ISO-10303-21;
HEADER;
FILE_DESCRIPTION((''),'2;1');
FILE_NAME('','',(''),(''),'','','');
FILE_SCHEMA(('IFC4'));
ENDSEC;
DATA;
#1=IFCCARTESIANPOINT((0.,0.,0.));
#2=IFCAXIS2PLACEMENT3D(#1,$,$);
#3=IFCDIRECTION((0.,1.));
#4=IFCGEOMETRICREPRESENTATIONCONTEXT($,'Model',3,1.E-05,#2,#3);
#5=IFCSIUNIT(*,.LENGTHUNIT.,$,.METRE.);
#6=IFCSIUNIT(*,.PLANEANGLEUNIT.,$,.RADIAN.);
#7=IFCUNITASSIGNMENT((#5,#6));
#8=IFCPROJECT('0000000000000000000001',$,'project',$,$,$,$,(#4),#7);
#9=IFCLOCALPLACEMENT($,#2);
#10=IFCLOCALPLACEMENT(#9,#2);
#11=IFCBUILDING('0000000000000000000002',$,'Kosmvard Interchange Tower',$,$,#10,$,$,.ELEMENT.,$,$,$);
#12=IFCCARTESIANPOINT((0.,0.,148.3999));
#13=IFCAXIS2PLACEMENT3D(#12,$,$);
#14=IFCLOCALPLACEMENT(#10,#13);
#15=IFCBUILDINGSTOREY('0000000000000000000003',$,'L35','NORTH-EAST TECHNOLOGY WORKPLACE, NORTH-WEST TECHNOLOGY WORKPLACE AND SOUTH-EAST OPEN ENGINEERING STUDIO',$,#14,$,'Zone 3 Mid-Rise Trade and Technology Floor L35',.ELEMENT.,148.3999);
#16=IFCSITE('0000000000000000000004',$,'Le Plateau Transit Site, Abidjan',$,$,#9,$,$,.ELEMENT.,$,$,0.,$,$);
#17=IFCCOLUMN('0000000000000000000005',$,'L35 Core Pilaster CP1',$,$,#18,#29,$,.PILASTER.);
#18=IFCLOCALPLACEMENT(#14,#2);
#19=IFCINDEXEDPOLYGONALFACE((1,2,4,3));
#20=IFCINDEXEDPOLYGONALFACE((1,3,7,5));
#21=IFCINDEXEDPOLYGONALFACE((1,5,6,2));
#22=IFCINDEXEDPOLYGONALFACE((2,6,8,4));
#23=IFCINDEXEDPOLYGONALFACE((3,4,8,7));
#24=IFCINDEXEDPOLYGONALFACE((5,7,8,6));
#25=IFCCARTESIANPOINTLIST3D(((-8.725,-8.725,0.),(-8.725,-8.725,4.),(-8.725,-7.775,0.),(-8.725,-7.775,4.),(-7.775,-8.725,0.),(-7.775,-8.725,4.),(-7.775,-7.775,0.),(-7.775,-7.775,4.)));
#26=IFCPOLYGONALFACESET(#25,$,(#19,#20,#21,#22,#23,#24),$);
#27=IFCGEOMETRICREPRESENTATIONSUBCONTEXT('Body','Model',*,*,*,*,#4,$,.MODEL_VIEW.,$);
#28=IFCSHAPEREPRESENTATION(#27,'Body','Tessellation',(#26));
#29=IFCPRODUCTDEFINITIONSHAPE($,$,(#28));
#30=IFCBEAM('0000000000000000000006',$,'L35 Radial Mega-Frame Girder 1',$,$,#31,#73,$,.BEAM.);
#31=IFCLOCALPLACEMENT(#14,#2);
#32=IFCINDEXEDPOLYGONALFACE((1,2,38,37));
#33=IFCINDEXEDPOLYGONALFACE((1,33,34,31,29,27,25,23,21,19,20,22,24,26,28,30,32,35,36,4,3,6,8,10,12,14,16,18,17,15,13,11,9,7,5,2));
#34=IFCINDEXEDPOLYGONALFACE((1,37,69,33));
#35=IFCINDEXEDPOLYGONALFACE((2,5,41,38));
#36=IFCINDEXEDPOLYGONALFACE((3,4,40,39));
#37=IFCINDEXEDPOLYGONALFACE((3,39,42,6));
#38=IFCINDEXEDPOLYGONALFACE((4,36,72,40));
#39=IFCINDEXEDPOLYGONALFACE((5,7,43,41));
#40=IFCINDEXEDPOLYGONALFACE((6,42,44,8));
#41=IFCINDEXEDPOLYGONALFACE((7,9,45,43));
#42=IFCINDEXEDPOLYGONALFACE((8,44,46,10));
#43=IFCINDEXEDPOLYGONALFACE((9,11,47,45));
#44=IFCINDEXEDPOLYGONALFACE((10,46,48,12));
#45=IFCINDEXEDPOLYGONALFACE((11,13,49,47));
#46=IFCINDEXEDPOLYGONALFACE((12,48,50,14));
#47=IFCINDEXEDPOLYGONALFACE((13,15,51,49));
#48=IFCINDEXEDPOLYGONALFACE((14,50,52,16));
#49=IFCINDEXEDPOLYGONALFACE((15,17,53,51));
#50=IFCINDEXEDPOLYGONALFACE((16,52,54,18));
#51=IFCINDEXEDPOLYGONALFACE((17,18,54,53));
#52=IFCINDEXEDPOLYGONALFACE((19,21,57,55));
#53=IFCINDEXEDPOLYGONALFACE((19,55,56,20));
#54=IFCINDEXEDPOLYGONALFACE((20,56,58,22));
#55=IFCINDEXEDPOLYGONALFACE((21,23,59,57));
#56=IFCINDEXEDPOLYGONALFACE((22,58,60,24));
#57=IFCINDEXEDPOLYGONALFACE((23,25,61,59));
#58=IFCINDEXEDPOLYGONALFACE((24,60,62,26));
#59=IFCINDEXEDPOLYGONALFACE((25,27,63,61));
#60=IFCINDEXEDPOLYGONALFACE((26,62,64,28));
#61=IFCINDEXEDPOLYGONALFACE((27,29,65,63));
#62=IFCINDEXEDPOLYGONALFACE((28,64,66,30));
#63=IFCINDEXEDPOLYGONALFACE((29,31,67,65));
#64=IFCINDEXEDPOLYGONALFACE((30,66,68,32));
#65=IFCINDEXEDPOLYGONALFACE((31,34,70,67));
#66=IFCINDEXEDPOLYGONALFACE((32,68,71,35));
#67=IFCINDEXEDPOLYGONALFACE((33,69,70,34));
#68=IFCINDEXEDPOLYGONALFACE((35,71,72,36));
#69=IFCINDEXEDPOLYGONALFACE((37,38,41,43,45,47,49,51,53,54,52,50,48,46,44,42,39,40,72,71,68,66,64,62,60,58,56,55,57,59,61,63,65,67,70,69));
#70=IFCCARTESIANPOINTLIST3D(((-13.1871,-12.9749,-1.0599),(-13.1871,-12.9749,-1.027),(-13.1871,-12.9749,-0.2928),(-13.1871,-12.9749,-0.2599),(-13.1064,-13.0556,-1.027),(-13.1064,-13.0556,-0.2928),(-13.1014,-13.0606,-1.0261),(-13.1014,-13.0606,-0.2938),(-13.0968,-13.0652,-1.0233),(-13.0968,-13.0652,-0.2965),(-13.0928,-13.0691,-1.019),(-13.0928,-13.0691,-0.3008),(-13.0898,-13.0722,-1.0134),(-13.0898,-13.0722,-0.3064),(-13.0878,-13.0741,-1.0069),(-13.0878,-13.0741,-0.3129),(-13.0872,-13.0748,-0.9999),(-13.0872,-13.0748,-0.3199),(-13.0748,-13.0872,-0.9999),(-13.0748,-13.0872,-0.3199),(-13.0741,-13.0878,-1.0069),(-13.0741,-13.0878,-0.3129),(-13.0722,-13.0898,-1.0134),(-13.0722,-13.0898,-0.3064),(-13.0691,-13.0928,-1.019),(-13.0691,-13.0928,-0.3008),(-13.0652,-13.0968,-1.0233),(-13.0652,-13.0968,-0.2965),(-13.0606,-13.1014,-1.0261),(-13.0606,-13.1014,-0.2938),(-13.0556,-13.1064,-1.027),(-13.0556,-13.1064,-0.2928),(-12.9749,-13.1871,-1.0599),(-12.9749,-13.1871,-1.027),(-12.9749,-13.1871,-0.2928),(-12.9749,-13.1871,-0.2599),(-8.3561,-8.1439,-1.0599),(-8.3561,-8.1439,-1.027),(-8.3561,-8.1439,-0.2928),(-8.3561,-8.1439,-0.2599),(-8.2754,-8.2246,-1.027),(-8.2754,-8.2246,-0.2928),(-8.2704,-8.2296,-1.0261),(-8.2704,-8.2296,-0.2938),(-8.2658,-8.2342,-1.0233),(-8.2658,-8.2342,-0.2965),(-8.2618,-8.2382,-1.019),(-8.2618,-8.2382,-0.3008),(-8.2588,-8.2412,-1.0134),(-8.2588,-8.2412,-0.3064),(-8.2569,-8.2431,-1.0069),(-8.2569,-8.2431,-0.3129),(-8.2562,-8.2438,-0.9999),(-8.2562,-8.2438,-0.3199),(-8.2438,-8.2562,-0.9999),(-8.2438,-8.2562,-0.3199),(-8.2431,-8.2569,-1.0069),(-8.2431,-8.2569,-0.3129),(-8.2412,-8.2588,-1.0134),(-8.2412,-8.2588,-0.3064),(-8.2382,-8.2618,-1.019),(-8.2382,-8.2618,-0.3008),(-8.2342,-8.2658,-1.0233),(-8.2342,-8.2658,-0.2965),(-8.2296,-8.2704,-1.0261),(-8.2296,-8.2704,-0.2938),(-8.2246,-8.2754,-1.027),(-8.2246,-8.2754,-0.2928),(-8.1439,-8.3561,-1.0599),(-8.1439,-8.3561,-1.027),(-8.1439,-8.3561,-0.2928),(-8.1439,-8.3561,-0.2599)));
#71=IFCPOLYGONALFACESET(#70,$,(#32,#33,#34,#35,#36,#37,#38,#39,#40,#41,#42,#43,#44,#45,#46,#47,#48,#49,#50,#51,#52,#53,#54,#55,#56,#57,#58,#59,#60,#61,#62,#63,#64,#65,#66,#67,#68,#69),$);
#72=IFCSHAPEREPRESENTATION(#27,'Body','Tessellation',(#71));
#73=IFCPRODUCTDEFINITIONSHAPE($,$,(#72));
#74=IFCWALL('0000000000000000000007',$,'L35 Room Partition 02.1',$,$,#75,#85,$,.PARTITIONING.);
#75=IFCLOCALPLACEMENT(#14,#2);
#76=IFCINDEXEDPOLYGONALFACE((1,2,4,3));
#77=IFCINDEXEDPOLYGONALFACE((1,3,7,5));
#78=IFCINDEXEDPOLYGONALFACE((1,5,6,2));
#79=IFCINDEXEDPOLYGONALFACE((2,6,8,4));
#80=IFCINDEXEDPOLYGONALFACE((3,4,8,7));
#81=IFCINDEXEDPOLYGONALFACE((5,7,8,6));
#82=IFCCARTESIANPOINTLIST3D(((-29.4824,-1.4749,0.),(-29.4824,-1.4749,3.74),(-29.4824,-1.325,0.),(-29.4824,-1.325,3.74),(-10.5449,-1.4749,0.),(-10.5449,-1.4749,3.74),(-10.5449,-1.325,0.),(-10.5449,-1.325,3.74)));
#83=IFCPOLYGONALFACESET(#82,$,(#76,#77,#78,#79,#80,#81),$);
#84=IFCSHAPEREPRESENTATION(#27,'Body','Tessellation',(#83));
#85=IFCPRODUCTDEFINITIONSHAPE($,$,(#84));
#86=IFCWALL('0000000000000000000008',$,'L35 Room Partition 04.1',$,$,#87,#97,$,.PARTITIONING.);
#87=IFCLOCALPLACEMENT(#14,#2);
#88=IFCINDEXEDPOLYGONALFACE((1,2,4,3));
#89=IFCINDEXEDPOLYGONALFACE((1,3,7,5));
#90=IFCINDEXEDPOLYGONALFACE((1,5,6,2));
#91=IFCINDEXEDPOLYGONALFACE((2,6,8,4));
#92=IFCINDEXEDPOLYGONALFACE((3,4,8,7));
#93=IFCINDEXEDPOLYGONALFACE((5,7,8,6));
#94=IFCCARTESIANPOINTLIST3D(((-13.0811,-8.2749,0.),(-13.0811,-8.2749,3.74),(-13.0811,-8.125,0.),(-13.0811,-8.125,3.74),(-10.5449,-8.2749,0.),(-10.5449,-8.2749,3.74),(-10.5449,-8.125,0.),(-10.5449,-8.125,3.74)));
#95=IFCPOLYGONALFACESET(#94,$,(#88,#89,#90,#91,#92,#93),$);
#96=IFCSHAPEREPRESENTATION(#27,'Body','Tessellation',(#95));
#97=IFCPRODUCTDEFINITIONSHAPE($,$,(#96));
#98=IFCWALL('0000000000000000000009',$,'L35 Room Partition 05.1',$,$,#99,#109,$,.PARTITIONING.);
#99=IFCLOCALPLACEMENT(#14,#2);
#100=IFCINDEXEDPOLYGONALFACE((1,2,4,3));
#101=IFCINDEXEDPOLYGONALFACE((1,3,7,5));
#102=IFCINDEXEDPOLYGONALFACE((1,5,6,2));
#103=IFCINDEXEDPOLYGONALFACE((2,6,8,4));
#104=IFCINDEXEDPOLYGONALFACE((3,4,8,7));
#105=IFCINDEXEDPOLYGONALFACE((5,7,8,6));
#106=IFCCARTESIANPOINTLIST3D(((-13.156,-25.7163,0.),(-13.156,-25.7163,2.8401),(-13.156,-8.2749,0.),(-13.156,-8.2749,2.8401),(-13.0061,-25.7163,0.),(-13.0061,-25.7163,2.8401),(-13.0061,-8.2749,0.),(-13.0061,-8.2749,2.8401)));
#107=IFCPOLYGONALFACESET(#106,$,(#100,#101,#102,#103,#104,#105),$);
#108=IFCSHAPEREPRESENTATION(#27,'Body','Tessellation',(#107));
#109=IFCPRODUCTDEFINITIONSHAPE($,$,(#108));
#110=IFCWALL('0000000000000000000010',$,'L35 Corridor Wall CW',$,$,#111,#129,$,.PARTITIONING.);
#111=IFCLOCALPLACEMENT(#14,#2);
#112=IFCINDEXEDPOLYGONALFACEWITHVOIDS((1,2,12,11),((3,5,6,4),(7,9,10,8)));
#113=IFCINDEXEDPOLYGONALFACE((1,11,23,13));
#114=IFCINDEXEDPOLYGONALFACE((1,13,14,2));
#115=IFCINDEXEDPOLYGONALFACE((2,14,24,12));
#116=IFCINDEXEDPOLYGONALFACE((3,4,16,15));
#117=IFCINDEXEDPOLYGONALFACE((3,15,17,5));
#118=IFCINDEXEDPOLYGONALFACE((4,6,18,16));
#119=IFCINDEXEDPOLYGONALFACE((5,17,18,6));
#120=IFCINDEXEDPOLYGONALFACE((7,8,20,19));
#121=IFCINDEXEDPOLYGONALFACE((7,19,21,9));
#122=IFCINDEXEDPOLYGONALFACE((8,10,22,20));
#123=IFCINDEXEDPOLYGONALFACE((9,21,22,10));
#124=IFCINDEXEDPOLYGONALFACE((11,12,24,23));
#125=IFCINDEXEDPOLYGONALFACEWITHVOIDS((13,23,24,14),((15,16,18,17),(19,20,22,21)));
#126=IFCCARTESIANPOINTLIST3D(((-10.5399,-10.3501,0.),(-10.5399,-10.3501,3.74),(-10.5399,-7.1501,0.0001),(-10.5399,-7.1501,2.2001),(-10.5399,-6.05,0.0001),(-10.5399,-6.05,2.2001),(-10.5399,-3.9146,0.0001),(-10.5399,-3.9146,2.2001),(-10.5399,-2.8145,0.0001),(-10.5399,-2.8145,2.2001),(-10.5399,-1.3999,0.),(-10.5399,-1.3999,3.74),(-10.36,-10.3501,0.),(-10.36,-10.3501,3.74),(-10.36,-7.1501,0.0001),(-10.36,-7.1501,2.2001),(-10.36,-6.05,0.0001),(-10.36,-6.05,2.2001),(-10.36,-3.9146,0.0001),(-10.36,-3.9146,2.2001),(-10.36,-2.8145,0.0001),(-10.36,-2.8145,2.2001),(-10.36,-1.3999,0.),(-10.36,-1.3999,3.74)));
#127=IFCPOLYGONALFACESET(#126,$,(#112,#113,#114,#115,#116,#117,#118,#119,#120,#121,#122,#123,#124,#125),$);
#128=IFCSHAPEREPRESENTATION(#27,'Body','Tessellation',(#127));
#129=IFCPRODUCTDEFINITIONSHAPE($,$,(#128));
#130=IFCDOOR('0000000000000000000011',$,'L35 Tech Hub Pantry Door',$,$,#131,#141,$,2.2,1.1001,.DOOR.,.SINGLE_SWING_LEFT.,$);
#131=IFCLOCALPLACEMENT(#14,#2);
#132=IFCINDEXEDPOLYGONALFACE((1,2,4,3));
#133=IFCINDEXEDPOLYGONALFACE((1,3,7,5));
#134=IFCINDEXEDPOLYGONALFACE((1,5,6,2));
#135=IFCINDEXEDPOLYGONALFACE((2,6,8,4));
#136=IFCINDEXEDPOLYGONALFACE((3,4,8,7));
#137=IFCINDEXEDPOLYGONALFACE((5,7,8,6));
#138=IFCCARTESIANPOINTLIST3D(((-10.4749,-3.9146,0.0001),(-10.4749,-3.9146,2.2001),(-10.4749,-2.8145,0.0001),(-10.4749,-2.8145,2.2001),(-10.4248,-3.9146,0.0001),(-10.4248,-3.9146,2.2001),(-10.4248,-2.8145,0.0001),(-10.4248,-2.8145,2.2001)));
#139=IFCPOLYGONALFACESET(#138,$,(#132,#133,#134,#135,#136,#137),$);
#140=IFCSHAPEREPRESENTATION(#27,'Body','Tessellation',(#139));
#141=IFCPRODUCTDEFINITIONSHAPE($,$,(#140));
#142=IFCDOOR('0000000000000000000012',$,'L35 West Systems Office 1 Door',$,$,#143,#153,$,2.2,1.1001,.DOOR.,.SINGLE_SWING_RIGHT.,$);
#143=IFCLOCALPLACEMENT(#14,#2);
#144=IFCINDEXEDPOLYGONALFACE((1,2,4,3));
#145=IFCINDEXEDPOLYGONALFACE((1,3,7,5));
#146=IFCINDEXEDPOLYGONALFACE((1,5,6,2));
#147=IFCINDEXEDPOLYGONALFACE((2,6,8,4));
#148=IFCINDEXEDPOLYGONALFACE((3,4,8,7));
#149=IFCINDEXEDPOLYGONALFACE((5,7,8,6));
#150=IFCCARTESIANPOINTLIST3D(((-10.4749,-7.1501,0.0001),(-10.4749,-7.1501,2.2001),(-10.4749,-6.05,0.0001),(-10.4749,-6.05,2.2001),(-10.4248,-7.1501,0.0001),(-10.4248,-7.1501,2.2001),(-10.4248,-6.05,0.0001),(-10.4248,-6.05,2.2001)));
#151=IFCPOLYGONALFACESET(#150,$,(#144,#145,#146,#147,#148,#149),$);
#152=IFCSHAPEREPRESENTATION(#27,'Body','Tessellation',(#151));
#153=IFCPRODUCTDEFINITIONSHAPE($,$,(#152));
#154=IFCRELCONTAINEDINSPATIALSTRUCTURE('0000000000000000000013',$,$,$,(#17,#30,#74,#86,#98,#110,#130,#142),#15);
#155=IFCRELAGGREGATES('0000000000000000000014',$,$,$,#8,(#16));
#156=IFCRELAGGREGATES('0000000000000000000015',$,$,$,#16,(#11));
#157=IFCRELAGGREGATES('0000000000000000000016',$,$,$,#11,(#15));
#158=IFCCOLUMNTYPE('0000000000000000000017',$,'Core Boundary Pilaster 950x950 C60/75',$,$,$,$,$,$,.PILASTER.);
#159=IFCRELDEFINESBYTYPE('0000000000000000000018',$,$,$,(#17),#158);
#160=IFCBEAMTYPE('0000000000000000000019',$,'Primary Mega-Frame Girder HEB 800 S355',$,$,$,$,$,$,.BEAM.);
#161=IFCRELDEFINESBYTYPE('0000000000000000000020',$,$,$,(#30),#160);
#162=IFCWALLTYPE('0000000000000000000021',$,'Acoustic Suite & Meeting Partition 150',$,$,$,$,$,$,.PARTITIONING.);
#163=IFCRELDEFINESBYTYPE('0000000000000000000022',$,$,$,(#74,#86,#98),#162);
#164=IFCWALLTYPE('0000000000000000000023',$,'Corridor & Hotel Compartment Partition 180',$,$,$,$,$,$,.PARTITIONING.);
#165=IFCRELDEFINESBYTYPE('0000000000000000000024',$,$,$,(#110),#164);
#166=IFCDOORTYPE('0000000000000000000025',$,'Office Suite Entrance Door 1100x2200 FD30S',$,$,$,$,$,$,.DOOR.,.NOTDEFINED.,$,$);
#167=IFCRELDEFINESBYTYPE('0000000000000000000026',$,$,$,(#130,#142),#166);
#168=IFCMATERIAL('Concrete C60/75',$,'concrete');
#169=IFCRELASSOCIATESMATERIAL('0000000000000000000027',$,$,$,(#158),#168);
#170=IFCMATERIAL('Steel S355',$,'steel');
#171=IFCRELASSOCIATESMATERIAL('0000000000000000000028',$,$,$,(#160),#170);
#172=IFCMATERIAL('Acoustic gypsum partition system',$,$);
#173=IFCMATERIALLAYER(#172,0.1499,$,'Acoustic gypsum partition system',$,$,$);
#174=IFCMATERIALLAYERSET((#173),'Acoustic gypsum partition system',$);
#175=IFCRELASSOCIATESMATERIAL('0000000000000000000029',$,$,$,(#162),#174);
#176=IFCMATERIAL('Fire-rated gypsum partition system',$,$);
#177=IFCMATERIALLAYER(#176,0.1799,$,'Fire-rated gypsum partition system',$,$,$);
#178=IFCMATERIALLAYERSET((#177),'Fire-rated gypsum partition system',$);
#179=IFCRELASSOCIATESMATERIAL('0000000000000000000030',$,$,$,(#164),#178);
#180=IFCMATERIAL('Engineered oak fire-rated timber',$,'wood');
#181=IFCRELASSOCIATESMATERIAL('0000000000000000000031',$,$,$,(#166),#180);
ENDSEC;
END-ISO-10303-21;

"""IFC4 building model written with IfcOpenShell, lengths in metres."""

from ifc_helpers import new_model, si_unit, direction, frame, frame_2d, origin, origin_2d, place, context, subcontext, project, spatial, rectangle, i_section, extrude, source, transform, mapped, material, layer, layer_set, material_profile, profile_set, type_object, element, fill, save


model = new_model("IFC4")

# Units and contexts
model_context = context("Model", 3, precision=1e-05, world=origin(), true_north=direction((0.0, 1.0)))
body_context = subcontext(model_context, "Body", "Model", "MODEL_VIEW")
ifc_project = project(units=[si_unit("LENGTHUNIT", "METRE"), si_unit("PLANEANGLEUNIT", "RADIAN")], contexts=[model_context])

# Site, building, storey
site_placement = place(None, origin())
site = spatial("IfcSite", under=ifc_project, at=site_placement, Name="Le Plateau Transit Site, Abidjan", CompositionType="ELEMENT", RefElevation=0.0)
building_placement = place(site_placement, origin())
building = spatial("IfcBuilding", under=site, at=building_placement, Name="Kosmvard Interchange Tower", CompositionType="ELEMENT")
storey_placement = place(building_placement, frame((0.0, 0.0, 148.3999)))
storey = spatial("IfcBuildingStorey", under=building, at=storey_placement, Name="L35", Description="NORTH-EAST TECHNOLOGY WORKPLACE, NORTH-WEST TECHNOLOGY WORKPLACE AND SOUTH-EAST OPEN ENGINEERING STUDIO", LongName="Zone 3 Mid-Rise Trade and Technology Floor L35", CompositionType="ELEMENT", Elevation=148.3999)

# Column
ifc_material_1 = material(Name="Concrete C60/75", Category="concrete")
ifc_material_profile_1 = material_profile(ifc_material_1, rectangle(XDim=0.95, YDim=0.95, at=origin_2d()), Name="CP 950x950")
ifc_profile_set_1 = profile_set([ifc_material_profile_1], Name="Concrete C60/75")
column_type = type_object("IfcColumnType", Name="Core Boundary Pilaster 950x950 C60/75", PredefinedType="PILASTER", material=ifc_profile_set_1)
shared_shape_1 = source(origin(), body_context, "Body", "SweptSolid", [
    extrude(rectangle(XDim=0.95, YDim=0.95, at=origin_2d()), origin(), (0.0, 0.0, 1.0), 4.0),
])
column_placement = place(storey_placement, frame((-8.25, -8.25, 0.0), z_axis=(0.0, 0.0, 1.0), x_axis=(1.0, 0.0, 0.0)))
element("IfcColumn", 1, at=column_placement, inside=storey, type_object=column_type, Name="L35 Core Pilaster CP1", PredefinedType="PILASTER", context=body_context, shape_type="MappedRepresentation", body=[
    mapped(shared_shape_1, transform((0.0, 0.0, 0.0), scale=1.0)),
])

# Beam
ifc_material_2 = material(Name="Steel S355", Category="steel")
ifc_material_profile_2 = material_profile(ifc_material_2, i_section(OverallWidth=0.3, OverallDepth=0.8, WebThickness=0.0176, FlangeThickness=0.033, FilletRadius=0.0271, at=origin_2d()), Name="HEB 800")
ifc_profile_set_2 = profile_set([ifc_material_profile_2], Name="Steel S355")
beam_type = type_object("IfcBeamType", Name="Primary Mega-Frame Girder HEB 800 S355", PredefinedType="BEAM", material=ifc_profile_set_2)
shared_shape_2 = source(origin(), body_context, "Body", "SweptSolid", [
    extrude(i_section(OverallWidth=0.3, OverallDepth=0.8, WebThickness=0.0176, FlangeThickness=0.033, FilletRadius=0.0271, at=origin_2d()), origin(), (0.0, 0.0, 1.0), 6.832),
])
beam_placement = place(storey_placement, frame((-8.25, -8.25, -0.6599), z_axis=(-0.707107, -0.707107, 0.0), x_axis=(0.707107, -0.707107, 0.0)))
element("IfcBeam", 2, at=beam_placement, inside=storey, type_object=beam_type, Name="L35 Radial Mega-Frame Girder 1", PredefinedType="BEAM", context=body_context, shape_type="MappedRepresentation", body=[
    mapped(shared_shape_2, transform((0.0, 0.0, 0.0), scale=1.0)),
])

# Walls
ifc_material_3 = material(Name="Acoustic gypsum partition system")
ifc_layer_1 = layer(ifc_material_3, 0.1499, Name="Acoustic gypsum partition system")
ifc_layer_set_1 = layer_set([ifc_layer_1], Name="Acoustic gypsum partition system")
wall_type_1 = type_object("IfcWallType", Name="Acoustic Suite & Meeting Partition 150", PredefinedType="PARTITIONING", material=ifc_layer_set_1)
wall_1_placement = place(storey_placement, frame((-29.4824, -1.3999, 0.0), z_axis=(0.0, 0.0, 1.0), x_axis=(1.0, 0.0, 0.0)))
element("IfcWall", 3, at=wall_1_placement, inside=storey, type_object=wall_type_1, Name="L35 Room Partition 02.1", PredefinedType="PARTITIONING", context=body_context, shape_type="SweptSolid", body=[
    extrude(rectangle(XDim=18.9375, YDim=0.1499, at=frame_2d((9.4688, 0.0))), origin(), (0.0, 0.0, 1.0), 3.74),
])
wall_2_placement = place(storey_placement, frame((-10.5449, -8.2, 0.0), z_axis=(0.0, 0.0, 1.0), x_axis=(-1.0, 0.0, 0.0)))
element("IfcWall", 4, at=wall_2_placement, inside=storey, type_object=wall_type_1, Name="L35 Room Partition 04.1", PredefinedType="PARTITIONING", context=body_context, shape_type="SweptSolid", body=[
    extrude(rectangle(XDim=2.5361, YDim=0.1499, at=frame_2d((1.2681, 0.0))), origin(), (0.0, 0.0, 1.0), 3.74),
])
wall_3_placement = place(storey_placement, frame((-13.0811, -8.2749, 0.0), z_axis=(0.0, 0.0, 1.0), x_axis=(0.0, -1.0, 0.0)))
element("IfcWall", 5, at=wall_3_placement, inside=storey, type_object=wall_type_1, Name="L35 Room Partition 05.1", PredefinedType="PARTITIONING", context=body_context, shape_type="SweptSolid", body=[
    extrude(rectangle(XDim=17.4414, YDim=0.1499, at=frame_2d((8.7207, 0.0))), origin(), (0.0, 0.0, 1.0), 2.8401),
])

# Wall, openings, doors
ifc_material_4 = material(Name="Fire-rated gypsum partition system")
ifc_layer_2 = layer(ifc_material_4, 0.1799, Name="Fire-rated gypsum partition system")
ifc_layer_set_2 = layer_set([ifc_layer_2], Name="Fire-rated gypsum partition system")
wall_type_2 = type_object("IfcWallType", Name="Corridor & Hotel Compartment Partition 180", PredefinedType="PARTITIONING", material=ifc_layer_set_2)
wall_4_placement = place(storey_placement, frame((-10.45, -10.3501, 0.0), z_axis=(0.0, 0.0, 1.0), x_axis=(0.0, 1.0, 0.0)))
wall_4 = element("IfcWall", 6, at=wall_4_placement, inside=storey, type_object=wall_type_2, Name="L35 Corridor Wall CW", PredefinedType="PARTITIONING", context=body_context, shape_type="SweptSolid", body=[
    extrude(rectangle(XDim=8.9502, YDim=0.1799, at=frame_2d((4.4751, 0.0))), origin(), (0.0, 0.0, 1.0), 3.74),
])
opening_1_placement = place(wall_4_placement, frame((6.4355, 0.0, 0.0)))
opening_1 = element("IfcOpeningElement", 7, at=opening_1_placement, cuts=wall_4, PredefinedType="OPENING", context=body_context, shape_type="SweptSolid", body=[
    extrude(rectangle(XDim=1.1001, YDim=2.2, at=frame_2d((0.55, 1.1001))), frame((0.0, 0.1001, 0.0), z_axis=(0.0, -1.0, 0.0), x_axis=(1.0, 0.0, 0.0)), (0.0, 0.0, 1.0), 0.2),
])
opening_2_placement = place(wall_4_placement, frame((3.2, 0.0, 0.0)))
opening_2 = element("IfcOpeningElement", 8, at=opening_2_placement, cuts=wall_4, PredefinedType="OPENING", context=body_context, shape_type="SweptSolid", body=[
    extrude(rectangle(XDim=1.1001, YDim=2.2, at=frame_2d((0.55, 1.1001))), frame((0.0, 0.1001, 0.0), z_axis=(0.0, -1.0, 0.0), x_axis=(1.0, 0.0, 0.0)), (0.0, 0.0, 1.0), 0.2),
])
ifc_material_5 = material(Name="Engineered oak fire-rated timber", Category="wood")
door_type_1 = type_object("IfcDoorType", Name="Office Suite Entrance Door 1100x2200 FD30S", OperationType="NOTDEFINED", PredefinedType="DOOR", material=ifc_material_5)
shared_shape_3 = source(origin(), body_context, "Body", "SweptSolid", [
    extrude(rectangle(XDim=1.1001, YDim=2.2, at=frame_2d((0.55, 1.1001))), frame((0.0, 0.0249, 0.0), z_axis=(0.0, -1.0, 0.0), x_axis=(1.0, 0.0, 0.0)), (0.0, 0.0, 1.0), 0.05),
])
door_1_placement = place(opening_1_placement, origin())
door_1 = element("IfcDoor", 9, at=door_1_placement, inside=storey, type_object=door_type_1, Name="L35 Tech Hub Pantry Door", OperationType="SINGLE_SWING_LEFT", OverallHeight=2.2, OverallWidth=1.1001, PredefinedType="DOOR", context=body_context, shape_type="MappedRepresentation", body=[
    mapped(shared_shape_3, transform((0.0, 0.0, 0.0), scale=1.0)),
])
fill(opening_1, door_1)
door_2_placement = place(opening_2_placement, origin())
door_2 = element("IfcDoor", 10, at=door_2_placement, inside=storey, type_object=door_type_1, Name="L35 West Systems Office 1 Door", OperationType="SINGLE_SWING_RIGHT", OverallHeight=2.2, OverallWidth=1.1001, PredefinedType="DOOR", context=body_context, shape_type="MappedRepresentation", body=[
    mapped(shared_shape_3, transform((0.0, 0.0, 0.0), scale=1.0)),
])
fill(opening_2, door_2)

save(model, "model.ifc")
